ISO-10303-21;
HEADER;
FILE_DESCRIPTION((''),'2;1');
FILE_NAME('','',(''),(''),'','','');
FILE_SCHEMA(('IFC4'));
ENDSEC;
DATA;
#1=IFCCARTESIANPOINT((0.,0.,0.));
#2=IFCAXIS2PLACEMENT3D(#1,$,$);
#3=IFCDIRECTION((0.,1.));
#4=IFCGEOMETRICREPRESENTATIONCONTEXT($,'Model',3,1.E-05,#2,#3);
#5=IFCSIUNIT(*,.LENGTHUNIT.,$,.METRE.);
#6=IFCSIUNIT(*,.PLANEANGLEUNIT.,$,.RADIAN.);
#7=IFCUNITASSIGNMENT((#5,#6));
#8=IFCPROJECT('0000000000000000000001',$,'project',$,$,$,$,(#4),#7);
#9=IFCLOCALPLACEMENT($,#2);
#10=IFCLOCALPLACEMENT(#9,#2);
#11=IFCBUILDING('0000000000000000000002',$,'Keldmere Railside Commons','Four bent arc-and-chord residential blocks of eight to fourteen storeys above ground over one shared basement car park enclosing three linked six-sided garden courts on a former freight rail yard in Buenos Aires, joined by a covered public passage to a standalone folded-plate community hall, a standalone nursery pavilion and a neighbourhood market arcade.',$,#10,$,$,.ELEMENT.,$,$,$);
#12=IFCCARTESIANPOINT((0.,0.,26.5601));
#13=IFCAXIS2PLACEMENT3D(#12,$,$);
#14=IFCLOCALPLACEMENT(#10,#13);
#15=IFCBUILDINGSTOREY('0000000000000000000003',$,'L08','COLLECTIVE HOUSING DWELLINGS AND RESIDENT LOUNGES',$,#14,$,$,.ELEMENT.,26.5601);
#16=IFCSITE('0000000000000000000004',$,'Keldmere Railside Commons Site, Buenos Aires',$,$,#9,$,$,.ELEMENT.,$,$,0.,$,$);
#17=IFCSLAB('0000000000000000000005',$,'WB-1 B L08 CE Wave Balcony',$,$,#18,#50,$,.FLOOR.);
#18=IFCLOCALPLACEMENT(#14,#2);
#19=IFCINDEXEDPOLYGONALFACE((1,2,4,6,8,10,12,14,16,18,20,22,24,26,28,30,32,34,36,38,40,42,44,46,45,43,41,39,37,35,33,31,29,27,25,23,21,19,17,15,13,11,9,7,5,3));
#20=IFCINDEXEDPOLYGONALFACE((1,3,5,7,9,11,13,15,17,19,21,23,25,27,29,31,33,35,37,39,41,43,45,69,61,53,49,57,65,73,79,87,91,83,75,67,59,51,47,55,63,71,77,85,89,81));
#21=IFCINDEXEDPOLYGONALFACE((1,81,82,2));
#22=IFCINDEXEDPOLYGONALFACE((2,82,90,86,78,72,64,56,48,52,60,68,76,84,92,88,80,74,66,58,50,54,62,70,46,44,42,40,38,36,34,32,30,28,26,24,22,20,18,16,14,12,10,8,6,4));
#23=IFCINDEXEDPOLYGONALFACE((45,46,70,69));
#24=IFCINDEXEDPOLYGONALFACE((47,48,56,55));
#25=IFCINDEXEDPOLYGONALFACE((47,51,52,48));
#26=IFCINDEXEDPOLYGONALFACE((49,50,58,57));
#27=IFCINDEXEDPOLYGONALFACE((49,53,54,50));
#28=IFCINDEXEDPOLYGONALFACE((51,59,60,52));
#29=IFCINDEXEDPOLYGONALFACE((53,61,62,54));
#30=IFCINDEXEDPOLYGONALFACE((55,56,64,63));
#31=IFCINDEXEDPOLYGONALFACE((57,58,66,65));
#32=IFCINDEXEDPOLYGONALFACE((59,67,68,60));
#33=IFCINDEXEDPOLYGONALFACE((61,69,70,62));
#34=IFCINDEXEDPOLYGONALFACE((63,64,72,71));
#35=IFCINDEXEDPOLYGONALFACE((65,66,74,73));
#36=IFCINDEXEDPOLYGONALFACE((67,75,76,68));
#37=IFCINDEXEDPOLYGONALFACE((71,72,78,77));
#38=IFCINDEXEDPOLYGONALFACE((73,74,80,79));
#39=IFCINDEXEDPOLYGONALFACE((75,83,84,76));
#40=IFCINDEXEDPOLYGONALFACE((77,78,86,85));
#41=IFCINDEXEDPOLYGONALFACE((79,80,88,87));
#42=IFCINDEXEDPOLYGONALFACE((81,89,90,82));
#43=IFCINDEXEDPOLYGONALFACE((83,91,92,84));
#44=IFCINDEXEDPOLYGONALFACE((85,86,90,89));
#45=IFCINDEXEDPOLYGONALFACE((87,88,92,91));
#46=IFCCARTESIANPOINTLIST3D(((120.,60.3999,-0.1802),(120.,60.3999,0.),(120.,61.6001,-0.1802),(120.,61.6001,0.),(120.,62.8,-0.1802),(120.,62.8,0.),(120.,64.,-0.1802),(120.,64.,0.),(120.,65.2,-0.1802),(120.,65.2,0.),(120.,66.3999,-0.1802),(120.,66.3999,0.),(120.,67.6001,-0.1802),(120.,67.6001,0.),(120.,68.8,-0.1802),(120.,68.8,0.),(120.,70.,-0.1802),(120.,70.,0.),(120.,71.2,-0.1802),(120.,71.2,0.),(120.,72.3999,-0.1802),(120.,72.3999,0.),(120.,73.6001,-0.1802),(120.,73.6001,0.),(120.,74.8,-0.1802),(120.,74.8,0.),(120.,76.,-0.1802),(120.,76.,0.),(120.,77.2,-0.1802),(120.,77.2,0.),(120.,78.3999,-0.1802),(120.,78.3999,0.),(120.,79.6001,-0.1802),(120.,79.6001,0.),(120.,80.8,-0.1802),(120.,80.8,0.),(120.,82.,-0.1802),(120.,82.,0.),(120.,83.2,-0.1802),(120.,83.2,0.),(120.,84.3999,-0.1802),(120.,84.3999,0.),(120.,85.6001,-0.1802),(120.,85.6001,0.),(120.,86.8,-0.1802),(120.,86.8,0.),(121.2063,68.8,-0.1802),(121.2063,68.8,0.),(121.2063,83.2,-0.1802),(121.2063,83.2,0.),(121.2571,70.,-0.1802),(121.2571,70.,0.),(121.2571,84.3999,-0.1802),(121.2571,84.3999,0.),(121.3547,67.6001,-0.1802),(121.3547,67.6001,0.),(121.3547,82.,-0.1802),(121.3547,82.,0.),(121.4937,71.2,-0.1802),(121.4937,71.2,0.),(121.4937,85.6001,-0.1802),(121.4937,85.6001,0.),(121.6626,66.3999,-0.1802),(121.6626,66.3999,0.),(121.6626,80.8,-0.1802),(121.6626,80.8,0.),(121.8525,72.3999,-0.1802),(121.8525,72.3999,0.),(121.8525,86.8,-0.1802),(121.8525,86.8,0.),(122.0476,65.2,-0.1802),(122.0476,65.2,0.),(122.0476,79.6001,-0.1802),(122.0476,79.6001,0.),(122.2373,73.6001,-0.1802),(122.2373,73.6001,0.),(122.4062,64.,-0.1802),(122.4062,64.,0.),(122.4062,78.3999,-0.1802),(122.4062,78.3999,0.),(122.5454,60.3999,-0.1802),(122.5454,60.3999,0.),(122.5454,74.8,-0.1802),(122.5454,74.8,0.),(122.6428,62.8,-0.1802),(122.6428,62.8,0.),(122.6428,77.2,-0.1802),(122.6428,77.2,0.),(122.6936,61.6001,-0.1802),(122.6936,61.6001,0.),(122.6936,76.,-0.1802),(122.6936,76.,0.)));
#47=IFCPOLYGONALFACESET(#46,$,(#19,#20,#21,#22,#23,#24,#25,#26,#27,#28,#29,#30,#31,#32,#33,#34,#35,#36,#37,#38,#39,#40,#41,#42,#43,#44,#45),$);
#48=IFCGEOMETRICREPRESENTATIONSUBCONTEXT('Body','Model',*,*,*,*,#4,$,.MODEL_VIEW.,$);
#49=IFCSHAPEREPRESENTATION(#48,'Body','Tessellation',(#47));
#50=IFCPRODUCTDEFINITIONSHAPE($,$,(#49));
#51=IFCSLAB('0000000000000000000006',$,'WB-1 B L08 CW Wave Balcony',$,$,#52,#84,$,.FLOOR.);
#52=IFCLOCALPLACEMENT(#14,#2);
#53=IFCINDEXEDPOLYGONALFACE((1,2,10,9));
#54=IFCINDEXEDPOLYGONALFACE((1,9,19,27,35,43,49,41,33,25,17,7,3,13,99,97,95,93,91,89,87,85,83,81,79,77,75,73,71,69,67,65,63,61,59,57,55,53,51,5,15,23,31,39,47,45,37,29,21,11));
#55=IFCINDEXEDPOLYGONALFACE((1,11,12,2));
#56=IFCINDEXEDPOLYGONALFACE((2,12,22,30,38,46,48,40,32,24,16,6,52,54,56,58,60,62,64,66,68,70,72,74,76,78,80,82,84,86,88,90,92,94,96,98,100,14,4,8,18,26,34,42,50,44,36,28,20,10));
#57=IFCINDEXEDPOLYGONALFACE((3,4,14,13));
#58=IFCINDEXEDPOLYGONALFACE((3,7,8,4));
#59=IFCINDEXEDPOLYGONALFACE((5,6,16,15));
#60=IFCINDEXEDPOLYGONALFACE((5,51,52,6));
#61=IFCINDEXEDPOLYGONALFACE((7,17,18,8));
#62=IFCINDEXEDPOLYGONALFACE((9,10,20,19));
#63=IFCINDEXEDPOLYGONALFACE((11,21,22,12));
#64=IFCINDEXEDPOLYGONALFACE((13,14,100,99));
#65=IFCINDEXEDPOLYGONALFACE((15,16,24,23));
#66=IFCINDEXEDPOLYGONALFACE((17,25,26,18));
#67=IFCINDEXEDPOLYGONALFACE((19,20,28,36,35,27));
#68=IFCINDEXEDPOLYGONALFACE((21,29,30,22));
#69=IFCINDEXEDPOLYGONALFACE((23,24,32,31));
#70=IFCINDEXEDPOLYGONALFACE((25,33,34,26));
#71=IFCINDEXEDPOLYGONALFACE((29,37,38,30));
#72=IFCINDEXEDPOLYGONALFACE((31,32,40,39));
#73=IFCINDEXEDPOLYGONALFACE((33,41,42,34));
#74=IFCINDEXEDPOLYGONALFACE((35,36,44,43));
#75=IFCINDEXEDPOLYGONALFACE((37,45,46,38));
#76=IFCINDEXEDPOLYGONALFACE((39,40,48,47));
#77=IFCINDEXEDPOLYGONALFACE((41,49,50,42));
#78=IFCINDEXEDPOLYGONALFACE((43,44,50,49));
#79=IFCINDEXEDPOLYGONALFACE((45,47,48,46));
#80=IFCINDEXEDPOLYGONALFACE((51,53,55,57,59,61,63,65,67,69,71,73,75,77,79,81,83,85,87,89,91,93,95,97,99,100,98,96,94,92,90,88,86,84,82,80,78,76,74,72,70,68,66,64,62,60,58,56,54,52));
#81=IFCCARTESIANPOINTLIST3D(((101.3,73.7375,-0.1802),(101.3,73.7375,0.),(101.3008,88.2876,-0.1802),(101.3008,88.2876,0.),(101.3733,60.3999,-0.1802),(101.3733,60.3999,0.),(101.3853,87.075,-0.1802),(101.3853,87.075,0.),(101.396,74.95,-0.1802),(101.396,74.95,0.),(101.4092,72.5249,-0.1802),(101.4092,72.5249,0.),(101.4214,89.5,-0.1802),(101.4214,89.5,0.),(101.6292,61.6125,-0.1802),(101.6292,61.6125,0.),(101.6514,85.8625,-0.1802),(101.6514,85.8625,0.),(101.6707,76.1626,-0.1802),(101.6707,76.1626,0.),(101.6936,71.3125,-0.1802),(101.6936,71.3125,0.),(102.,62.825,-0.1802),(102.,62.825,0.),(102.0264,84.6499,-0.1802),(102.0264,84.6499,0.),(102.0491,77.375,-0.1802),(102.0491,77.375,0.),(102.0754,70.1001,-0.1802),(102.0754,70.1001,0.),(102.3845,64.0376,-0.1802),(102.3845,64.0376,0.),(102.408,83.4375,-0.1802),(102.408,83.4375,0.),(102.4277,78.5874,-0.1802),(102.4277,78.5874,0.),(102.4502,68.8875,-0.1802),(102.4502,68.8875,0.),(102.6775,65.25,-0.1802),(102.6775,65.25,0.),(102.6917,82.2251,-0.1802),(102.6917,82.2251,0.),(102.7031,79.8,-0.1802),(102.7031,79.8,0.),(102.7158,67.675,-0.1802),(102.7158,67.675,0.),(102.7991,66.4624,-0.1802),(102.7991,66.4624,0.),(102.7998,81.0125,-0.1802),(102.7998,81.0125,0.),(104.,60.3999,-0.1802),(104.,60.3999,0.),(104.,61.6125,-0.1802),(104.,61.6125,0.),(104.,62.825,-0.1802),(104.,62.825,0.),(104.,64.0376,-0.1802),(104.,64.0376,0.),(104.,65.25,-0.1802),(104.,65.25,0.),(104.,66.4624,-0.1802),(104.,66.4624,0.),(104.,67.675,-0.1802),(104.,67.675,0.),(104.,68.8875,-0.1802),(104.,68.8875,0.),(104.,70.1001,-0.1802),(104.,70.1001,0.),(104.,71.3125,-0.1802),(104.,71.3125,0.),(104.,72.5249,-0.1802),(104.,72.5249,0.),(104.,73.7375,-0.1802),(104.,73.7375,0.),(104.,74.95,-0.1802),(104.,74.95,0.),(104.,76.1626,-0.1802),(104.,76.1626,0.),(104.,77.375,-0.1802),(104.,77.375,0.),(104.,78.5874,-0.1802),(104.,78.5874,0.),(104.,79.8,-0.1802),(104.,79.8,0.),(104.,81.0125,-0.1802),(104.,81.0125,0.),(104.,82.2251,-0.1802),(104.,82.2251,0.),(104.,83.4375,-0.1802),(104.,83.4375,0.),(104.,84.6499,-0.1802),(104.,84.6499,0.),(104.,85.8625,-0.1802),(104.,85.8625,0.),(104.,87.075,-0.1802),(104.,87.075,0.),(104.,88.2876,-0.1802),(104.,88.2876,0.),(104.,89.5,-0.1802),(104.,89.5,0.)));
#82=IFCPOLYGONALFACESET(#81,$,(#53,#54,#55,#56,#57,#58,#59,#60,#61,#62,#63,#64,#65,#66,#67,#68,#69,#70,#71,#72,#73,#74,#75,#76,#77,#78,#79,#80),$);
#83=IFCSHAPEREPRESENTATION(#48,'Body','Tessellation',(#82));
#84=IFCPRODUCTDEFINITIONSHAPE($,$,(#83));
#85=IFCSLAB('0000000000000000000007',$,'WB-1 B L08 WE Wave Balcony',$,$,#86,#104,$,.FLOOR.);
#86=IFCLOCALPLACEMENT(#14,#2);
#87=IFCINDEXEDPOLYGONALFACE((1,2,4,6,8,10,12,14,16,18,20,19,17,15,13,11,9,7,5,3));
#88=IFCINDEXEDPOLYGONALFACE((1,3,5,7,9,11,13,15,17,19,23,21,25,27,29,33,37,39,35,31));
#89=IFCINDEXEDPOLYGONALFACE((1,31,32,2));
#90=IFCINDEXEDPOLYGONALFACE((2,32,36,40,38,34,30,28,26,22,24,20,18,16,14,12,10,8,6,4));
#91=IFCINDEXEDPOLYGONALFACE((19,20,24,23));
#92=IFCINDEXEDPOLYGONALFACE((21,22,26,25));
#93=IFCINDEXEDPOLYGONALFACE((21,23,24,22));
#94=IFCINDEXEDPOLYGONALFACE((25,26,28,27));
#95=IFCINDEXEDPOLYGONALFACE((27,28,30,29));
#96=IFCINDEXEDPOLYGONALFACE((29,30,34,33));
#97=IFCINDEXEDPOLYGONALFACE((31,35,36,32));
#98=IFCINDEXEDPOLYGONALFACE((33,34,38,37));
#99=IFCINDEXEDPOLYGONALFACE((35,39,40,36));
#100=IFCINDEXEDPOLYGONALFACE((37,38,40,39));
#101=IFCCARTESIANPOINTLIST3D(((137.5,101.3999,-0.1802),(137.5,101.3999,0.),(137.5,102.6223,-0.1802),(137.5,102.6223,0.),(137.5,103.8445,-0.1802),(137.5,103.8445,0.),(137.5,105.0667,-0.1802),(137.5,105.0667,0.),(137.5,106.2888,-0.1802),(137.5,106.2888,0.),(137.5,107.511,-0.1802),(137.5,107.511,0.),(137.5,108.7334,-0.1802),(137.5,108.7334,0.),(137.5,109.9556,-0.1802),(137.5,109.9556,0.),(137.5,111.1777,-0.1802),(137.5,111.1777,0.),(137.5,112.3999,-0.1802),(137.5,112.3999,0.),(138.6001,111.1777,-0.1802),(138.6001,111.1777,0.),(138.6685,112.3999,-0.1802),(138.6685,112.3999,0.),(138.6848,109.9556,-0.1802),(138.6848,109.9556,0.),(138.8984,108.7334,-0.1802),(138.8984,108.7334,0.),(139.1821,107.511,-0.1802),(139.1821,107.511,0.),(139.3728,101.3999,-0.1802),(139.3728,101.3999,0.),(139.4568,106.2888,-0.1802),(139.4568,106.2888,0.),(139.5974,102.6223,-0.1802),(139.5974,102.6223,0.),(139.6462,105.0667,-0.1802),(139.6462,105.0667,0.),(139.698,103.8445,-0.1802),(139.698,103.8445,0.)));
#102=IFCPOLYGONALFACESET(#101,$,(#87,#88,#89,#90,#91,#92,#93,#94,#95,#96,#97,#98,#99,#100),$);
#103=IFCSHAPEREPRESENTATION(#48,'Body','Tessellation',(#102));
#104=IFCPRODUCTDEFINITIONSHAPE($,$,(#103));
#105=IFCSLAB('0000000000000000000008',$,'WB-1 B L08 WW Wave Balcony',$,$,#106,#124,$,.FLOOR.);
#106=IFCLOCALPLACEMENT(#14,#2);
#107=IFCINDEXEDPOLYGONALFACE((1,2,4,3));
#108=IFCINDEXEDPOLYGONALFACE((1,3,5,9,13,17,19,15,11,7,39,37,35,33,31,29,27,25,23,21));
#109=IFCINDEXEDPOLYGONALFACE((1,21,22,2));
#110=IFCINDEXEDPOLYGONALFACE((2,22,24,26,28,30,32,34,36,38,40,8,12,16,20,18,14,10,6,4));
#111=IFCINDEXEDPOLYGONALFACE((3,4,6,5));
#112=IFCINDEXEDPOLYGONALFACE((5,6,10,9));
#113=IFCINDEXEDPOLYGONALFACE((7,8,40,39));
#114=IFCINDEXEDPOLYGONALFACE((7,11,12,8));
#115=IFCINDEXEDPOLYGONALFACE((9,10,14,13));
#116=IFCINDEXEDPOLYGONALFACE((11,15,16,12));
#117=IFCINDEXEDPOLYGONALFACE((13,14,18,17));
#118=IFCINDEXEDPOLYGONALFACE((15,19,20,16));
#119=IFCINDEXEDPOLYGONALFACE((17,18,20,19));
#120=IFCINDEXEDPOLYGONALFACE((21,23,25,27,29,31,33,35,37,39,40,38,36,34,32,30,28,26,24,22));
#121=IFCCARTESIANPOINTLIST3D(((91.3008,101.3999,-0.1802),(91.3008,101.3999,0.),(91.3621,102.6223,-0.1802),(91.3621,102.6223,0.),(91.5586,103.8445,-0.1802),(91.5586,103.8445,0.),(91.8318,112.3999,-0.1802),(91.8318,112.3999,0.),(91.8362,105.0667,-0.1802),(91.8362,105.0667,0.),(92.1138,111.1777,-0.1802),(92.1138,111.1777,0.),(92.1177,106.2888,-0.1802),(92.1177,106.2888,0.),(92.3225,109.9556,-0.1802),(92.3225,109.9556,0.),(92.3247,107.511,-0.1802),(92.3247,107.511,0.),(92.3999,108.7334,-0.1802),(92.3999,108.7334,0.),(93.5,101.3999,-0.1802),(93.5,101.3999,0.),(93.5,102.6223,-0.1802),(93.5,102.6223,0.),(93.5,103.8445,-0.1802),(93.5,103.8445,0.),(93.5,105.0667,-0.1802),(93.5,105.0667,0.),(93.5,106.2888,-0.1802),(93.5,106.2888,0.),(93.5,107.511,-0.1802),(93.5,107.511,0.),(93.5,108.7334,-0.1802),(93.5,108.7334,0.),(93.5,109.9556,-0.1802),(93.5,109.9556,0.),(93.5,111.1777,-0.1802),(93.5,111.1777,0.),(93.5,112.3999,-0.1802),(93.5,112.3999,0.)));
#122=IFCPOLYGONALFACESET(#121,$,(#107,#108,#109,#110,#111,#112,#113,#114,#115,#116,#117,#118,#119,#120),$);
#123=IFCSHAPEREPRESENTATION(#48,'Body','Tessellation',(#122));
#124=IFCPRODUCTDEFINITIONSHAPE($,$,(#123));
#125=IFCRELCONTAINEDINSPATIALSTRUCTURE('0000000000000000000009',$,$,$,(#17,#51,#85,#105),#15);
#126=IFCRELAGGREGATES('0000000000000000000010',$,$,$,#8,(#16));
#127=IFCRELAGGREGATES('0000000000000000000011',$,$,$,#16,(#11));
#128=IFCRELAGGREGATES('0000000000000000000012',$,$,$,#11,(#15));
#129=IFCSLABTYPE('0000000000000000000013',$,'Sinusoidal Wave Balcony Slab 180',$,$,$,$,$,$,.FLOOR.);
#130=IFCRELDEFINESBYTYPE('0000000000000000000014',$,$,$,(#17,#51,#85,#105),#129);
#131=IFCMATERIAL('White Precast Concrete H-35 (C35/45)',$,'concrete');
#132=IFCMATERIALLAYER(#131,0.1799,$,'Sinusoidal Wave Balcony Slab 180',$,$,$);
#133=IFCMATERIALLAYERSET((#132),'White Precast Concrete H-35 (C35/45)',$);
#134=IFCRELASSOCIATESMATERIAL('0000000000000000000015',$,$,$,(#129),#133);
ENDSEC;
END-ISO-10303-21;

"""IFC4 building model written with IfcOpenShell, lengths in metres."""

from ifc_helpers import new_model, si_unit, direction, frame, origin, place, context, subcontext, project, spatial, polyline, outline, extrude, material, layer, layer_set, type_object, element, save


model = new_model("IFC4")

# Units and contexts
model_context = context("Model", 3, precision=1e-05, world=origin(), true_north=direction((0.0, 1.0)))
body_context = subcontext(model_context, "Body", "Model", "MODEL_VIEW")
ifc_project = project(units=[si_unit("LENGTHUNIT", "METRE"), si_unit("PLANEANGLEUNIT", "RADIAN")], contexts=[model_context])

# Site, building, storey
site_placement = place(None, origin())
site = spatial("IfcSite", under=ifc_project, at=site_placement, Name="Keldmere Railside Commons Site, Buenos Aires", CompositionType="ELEMENT", RefElevation=0.0)
building_placement = place(site_placement, origin())
building = spatial("IfcBuilding", under=site, at=building_placement, Name="Keldmere Railside Commons", Description="Four bent arc-and-chord residential blocks of eight to fourteen storeys above ground over one shared basement car park enclosing three linked six-sided garden courts on a former freight rail yard in Buenos Aires, joined by a covered public passage to a standalone folded-plate community hall, a standalone nursery pavilion and a neighbourhood market arcade.", CompositionType="ELEMENT")
storey_placement = place(building_placement, frame((0.0, 0.0, 26.5601)))
storey = spatial("IfcBuildingStorey", under=building, at=storey_placement, Name="L08", Description="COLLECTIVE HOUSING DWELLINGS AND RESIDENT LOUNGES", CompositionType="ELEMENT", Elevation=26.5601)

# Slabs
ifc_material_1 = material(Name="White Precast Concrete H-35 (C35/45)", Category="concrete")
ifc_layer_1 = layer(ifc_material_1, 0.1799, Name="Sinusoidal Wave Balcony Slab 180")
ifc_layer_set_1 = layer_set([ifc_layer_1], Name="White Precast Concrete H-35 (C35/45)")
slab_type_1 = type_object("IfcSlabType", Name="Sinusoidal Wave Balcony Slab 180", PredefinedType="FLOOR", material=ifc_layer_set_1)
slab_1_placement = place(storey_placement, frame((0.0, 0.0, -0.1802)))
element("IfcSlab", 1, at=slab_1_placement, inside=storey, type_object=slab_type_1, Name="WB-1 B L08 CE Wave Balcony", PredefinedType="FLOOR", context=body_context, shape_type="SweptSolid", body=[
    extrude(outline(polyline([(122.5454, 60.3999), (122.6936, 61.6001), (122.6428, 62.8), (122.4062, 64.0), (122.0476, 65.2), (121.6626, 66.3999), (121.3547, 67.6001), (121.2063, 68.8), (121.2571, 70.0), (121.4937, 71.2), (121.8525, 72.3999), (122.2373, 73.6001), (122.5454, 74.8), (122.6936, 76.0), (122.6428, 77.2), (122.4062, 78.3999), (122.0476, 79.6001), (121.6626, 80.8), (121.3547, 82.0), (121.2063, 83.2), (121.2571, 84.3999), (121.4937, 85.6001), (121.8525, 86.8), (120.0, 86.8), (120.0, 85.6001), (120.0, 84.3999), (120.0, 83.2), (120.0, 82.0), (120.0, 80.8), (120.0, 79.6001), (120.0, 78.3999), (120.0, 77.2), (120.0, 76.0), (120.0, 74.8), (120.0, 73.6001), (120.0, 72.3999), (120.0, 71.2), (120.0, 70.0), (120.0, 68.8), (120.0, 67.6001), (120.0, 66.3999), (120.0, 65.2), (120.0, 64.0), (120.0, 62.8), (120.0, 61.6001), (120.0, 60.3999), (122.5454, 60.3999)])), origin(), (0.0, 0.0, 1.0), 0.1802),
])
slab_2_placement = place(storey_placement, frame((0.0, 0.0, -0.1802)))
element("IfcSlab", 2, at=slab_2_placement, inside=storey, type_object=slab_type_1, Name="WB-1 B L08 CW Wave Balcony", PredefinedType="FLOOR", context=body_context, shape_type="SweptSolid", body=[
    extrude(outline(polyline([(104.0, 60.3999), (104.0, 61.6125), (104.0, 62.825), (104.0, 64.0376), (104.0, 65.25), (104.0, 66.4624), (104.0, 67.675), (104.0, 68.8875), (104.0, 70.1001), (104.0, 71.3125), (104.0, 72.5249), (104.0, 73.7375), (104.0, 74.95), (104.0, 76.1626), (104.0, 77.375), (104.0, 78.5874), (104.0, 79.8), (104.0, 81.0125), (104.0, 82.2251), (104.0, 83.4375), (104.0, 84.6499), (104.0, 85.8625), (104.0, 87.075), (104.0, 88.2876), (104.0, 89.5), (101.4214, 89.5), (101.3008, 88.2876), (101.3853, 87.075), (101.6514, 85.8625), (102.0264, 84.6499), (102.408, 83.4375), (102.6917, 82.2251), (102.7998, 81.0125), (102.7031, 79.8), (102.4277, 78.5874), (102.0491, 77.375), (101.6707, 76.1626), (101.396, 74.95), (101.3, 73.7375), (101.4092, 72.5249), (101.6936, 71.3125), (102.0754, 70.1001), (102.4502, 68.8875), (102.7158, 67.675), (102.7991, 66.4624), (102.6775, 65.25), (102.3845, 64.0376), (102.0, 62.825), (101.6292, 61.6125), (101.3733, 60.3999), (104.0, 60.3999)])), origin(), (0.0, 0.0, 1.0), 0.1802),
])
slab_3_placement = place(storey_placement, frame((0.0, 0.0, -0.1802)))
element("IfcSlab", 3, at=slab_3_placement, inside=storey, type_object=slab_type_1, Name="WB-1 B L08 WE Wave Balcony", PredefinedType="FLOOR", context=body_context, shape_type="SweptSolid", body=[
    extrude(outline(polyline([(139.3728, 101.3999), (139.5974, 102.6223), (139.698, 103.8445), (139.6462, 105.0667), (139.4568, 106.2888), (139.1821, 107.511), (138.8984, 108.7334), (138.6848, 109.9556), (138.6001, 111.1777), (138.6685, 112.3999), (137.5, 112.3999), (137.5, 111.1777), (137.5, 109.9556), (137.5, 108.7334), (137.5, 107.511), (137.5, 106.2888), (137.5, 105.0667), (137.5, 103.8445), (137.5, 102.6223), (137.5, 101.3999), (139.3728, 101.3999)])), origin(), (0.0, 0.0, 1.0), 0.1802),
])
slab_4_placement = place(storey_placement, frame((0.0, 0.0, -0.1802)))
element("IfcSlab", 4, at=slab_4_placement, inside=storey, type_object=slab_type_1, Name="WB-1 B L08 WW Wave Balcony", PredefinedType="FLOOR", context=body_context, shape_type="SweptSolid", body=[
    extrude(outline(polyline([(93.5, 101.3999), (93.5, 102.6223), (93.5, 103.8445), (93.5, 105.0667), (93.5, 106.2888), (93.5, 107.511), (93.5, 108.7334), (93.5, 109.9556), (93.5, 111.1777), (93.5, 112.3999), (91.8318, 112.3999), (92.1138, 111.1777), (92.3225, 109.9556), (92.3999, 108.7334), (92.3247, 107.511), (92.1177, 106.2888), (91.8362, 105.0667), (91.5586, 103.8445), (91.3621, 102.6223), (91.3008, 101.3999), (93.5, 101.3999)])), origin(), (0.0, 0.0, 1.0), 0.1802),
])

save(model, "model.ifc")
